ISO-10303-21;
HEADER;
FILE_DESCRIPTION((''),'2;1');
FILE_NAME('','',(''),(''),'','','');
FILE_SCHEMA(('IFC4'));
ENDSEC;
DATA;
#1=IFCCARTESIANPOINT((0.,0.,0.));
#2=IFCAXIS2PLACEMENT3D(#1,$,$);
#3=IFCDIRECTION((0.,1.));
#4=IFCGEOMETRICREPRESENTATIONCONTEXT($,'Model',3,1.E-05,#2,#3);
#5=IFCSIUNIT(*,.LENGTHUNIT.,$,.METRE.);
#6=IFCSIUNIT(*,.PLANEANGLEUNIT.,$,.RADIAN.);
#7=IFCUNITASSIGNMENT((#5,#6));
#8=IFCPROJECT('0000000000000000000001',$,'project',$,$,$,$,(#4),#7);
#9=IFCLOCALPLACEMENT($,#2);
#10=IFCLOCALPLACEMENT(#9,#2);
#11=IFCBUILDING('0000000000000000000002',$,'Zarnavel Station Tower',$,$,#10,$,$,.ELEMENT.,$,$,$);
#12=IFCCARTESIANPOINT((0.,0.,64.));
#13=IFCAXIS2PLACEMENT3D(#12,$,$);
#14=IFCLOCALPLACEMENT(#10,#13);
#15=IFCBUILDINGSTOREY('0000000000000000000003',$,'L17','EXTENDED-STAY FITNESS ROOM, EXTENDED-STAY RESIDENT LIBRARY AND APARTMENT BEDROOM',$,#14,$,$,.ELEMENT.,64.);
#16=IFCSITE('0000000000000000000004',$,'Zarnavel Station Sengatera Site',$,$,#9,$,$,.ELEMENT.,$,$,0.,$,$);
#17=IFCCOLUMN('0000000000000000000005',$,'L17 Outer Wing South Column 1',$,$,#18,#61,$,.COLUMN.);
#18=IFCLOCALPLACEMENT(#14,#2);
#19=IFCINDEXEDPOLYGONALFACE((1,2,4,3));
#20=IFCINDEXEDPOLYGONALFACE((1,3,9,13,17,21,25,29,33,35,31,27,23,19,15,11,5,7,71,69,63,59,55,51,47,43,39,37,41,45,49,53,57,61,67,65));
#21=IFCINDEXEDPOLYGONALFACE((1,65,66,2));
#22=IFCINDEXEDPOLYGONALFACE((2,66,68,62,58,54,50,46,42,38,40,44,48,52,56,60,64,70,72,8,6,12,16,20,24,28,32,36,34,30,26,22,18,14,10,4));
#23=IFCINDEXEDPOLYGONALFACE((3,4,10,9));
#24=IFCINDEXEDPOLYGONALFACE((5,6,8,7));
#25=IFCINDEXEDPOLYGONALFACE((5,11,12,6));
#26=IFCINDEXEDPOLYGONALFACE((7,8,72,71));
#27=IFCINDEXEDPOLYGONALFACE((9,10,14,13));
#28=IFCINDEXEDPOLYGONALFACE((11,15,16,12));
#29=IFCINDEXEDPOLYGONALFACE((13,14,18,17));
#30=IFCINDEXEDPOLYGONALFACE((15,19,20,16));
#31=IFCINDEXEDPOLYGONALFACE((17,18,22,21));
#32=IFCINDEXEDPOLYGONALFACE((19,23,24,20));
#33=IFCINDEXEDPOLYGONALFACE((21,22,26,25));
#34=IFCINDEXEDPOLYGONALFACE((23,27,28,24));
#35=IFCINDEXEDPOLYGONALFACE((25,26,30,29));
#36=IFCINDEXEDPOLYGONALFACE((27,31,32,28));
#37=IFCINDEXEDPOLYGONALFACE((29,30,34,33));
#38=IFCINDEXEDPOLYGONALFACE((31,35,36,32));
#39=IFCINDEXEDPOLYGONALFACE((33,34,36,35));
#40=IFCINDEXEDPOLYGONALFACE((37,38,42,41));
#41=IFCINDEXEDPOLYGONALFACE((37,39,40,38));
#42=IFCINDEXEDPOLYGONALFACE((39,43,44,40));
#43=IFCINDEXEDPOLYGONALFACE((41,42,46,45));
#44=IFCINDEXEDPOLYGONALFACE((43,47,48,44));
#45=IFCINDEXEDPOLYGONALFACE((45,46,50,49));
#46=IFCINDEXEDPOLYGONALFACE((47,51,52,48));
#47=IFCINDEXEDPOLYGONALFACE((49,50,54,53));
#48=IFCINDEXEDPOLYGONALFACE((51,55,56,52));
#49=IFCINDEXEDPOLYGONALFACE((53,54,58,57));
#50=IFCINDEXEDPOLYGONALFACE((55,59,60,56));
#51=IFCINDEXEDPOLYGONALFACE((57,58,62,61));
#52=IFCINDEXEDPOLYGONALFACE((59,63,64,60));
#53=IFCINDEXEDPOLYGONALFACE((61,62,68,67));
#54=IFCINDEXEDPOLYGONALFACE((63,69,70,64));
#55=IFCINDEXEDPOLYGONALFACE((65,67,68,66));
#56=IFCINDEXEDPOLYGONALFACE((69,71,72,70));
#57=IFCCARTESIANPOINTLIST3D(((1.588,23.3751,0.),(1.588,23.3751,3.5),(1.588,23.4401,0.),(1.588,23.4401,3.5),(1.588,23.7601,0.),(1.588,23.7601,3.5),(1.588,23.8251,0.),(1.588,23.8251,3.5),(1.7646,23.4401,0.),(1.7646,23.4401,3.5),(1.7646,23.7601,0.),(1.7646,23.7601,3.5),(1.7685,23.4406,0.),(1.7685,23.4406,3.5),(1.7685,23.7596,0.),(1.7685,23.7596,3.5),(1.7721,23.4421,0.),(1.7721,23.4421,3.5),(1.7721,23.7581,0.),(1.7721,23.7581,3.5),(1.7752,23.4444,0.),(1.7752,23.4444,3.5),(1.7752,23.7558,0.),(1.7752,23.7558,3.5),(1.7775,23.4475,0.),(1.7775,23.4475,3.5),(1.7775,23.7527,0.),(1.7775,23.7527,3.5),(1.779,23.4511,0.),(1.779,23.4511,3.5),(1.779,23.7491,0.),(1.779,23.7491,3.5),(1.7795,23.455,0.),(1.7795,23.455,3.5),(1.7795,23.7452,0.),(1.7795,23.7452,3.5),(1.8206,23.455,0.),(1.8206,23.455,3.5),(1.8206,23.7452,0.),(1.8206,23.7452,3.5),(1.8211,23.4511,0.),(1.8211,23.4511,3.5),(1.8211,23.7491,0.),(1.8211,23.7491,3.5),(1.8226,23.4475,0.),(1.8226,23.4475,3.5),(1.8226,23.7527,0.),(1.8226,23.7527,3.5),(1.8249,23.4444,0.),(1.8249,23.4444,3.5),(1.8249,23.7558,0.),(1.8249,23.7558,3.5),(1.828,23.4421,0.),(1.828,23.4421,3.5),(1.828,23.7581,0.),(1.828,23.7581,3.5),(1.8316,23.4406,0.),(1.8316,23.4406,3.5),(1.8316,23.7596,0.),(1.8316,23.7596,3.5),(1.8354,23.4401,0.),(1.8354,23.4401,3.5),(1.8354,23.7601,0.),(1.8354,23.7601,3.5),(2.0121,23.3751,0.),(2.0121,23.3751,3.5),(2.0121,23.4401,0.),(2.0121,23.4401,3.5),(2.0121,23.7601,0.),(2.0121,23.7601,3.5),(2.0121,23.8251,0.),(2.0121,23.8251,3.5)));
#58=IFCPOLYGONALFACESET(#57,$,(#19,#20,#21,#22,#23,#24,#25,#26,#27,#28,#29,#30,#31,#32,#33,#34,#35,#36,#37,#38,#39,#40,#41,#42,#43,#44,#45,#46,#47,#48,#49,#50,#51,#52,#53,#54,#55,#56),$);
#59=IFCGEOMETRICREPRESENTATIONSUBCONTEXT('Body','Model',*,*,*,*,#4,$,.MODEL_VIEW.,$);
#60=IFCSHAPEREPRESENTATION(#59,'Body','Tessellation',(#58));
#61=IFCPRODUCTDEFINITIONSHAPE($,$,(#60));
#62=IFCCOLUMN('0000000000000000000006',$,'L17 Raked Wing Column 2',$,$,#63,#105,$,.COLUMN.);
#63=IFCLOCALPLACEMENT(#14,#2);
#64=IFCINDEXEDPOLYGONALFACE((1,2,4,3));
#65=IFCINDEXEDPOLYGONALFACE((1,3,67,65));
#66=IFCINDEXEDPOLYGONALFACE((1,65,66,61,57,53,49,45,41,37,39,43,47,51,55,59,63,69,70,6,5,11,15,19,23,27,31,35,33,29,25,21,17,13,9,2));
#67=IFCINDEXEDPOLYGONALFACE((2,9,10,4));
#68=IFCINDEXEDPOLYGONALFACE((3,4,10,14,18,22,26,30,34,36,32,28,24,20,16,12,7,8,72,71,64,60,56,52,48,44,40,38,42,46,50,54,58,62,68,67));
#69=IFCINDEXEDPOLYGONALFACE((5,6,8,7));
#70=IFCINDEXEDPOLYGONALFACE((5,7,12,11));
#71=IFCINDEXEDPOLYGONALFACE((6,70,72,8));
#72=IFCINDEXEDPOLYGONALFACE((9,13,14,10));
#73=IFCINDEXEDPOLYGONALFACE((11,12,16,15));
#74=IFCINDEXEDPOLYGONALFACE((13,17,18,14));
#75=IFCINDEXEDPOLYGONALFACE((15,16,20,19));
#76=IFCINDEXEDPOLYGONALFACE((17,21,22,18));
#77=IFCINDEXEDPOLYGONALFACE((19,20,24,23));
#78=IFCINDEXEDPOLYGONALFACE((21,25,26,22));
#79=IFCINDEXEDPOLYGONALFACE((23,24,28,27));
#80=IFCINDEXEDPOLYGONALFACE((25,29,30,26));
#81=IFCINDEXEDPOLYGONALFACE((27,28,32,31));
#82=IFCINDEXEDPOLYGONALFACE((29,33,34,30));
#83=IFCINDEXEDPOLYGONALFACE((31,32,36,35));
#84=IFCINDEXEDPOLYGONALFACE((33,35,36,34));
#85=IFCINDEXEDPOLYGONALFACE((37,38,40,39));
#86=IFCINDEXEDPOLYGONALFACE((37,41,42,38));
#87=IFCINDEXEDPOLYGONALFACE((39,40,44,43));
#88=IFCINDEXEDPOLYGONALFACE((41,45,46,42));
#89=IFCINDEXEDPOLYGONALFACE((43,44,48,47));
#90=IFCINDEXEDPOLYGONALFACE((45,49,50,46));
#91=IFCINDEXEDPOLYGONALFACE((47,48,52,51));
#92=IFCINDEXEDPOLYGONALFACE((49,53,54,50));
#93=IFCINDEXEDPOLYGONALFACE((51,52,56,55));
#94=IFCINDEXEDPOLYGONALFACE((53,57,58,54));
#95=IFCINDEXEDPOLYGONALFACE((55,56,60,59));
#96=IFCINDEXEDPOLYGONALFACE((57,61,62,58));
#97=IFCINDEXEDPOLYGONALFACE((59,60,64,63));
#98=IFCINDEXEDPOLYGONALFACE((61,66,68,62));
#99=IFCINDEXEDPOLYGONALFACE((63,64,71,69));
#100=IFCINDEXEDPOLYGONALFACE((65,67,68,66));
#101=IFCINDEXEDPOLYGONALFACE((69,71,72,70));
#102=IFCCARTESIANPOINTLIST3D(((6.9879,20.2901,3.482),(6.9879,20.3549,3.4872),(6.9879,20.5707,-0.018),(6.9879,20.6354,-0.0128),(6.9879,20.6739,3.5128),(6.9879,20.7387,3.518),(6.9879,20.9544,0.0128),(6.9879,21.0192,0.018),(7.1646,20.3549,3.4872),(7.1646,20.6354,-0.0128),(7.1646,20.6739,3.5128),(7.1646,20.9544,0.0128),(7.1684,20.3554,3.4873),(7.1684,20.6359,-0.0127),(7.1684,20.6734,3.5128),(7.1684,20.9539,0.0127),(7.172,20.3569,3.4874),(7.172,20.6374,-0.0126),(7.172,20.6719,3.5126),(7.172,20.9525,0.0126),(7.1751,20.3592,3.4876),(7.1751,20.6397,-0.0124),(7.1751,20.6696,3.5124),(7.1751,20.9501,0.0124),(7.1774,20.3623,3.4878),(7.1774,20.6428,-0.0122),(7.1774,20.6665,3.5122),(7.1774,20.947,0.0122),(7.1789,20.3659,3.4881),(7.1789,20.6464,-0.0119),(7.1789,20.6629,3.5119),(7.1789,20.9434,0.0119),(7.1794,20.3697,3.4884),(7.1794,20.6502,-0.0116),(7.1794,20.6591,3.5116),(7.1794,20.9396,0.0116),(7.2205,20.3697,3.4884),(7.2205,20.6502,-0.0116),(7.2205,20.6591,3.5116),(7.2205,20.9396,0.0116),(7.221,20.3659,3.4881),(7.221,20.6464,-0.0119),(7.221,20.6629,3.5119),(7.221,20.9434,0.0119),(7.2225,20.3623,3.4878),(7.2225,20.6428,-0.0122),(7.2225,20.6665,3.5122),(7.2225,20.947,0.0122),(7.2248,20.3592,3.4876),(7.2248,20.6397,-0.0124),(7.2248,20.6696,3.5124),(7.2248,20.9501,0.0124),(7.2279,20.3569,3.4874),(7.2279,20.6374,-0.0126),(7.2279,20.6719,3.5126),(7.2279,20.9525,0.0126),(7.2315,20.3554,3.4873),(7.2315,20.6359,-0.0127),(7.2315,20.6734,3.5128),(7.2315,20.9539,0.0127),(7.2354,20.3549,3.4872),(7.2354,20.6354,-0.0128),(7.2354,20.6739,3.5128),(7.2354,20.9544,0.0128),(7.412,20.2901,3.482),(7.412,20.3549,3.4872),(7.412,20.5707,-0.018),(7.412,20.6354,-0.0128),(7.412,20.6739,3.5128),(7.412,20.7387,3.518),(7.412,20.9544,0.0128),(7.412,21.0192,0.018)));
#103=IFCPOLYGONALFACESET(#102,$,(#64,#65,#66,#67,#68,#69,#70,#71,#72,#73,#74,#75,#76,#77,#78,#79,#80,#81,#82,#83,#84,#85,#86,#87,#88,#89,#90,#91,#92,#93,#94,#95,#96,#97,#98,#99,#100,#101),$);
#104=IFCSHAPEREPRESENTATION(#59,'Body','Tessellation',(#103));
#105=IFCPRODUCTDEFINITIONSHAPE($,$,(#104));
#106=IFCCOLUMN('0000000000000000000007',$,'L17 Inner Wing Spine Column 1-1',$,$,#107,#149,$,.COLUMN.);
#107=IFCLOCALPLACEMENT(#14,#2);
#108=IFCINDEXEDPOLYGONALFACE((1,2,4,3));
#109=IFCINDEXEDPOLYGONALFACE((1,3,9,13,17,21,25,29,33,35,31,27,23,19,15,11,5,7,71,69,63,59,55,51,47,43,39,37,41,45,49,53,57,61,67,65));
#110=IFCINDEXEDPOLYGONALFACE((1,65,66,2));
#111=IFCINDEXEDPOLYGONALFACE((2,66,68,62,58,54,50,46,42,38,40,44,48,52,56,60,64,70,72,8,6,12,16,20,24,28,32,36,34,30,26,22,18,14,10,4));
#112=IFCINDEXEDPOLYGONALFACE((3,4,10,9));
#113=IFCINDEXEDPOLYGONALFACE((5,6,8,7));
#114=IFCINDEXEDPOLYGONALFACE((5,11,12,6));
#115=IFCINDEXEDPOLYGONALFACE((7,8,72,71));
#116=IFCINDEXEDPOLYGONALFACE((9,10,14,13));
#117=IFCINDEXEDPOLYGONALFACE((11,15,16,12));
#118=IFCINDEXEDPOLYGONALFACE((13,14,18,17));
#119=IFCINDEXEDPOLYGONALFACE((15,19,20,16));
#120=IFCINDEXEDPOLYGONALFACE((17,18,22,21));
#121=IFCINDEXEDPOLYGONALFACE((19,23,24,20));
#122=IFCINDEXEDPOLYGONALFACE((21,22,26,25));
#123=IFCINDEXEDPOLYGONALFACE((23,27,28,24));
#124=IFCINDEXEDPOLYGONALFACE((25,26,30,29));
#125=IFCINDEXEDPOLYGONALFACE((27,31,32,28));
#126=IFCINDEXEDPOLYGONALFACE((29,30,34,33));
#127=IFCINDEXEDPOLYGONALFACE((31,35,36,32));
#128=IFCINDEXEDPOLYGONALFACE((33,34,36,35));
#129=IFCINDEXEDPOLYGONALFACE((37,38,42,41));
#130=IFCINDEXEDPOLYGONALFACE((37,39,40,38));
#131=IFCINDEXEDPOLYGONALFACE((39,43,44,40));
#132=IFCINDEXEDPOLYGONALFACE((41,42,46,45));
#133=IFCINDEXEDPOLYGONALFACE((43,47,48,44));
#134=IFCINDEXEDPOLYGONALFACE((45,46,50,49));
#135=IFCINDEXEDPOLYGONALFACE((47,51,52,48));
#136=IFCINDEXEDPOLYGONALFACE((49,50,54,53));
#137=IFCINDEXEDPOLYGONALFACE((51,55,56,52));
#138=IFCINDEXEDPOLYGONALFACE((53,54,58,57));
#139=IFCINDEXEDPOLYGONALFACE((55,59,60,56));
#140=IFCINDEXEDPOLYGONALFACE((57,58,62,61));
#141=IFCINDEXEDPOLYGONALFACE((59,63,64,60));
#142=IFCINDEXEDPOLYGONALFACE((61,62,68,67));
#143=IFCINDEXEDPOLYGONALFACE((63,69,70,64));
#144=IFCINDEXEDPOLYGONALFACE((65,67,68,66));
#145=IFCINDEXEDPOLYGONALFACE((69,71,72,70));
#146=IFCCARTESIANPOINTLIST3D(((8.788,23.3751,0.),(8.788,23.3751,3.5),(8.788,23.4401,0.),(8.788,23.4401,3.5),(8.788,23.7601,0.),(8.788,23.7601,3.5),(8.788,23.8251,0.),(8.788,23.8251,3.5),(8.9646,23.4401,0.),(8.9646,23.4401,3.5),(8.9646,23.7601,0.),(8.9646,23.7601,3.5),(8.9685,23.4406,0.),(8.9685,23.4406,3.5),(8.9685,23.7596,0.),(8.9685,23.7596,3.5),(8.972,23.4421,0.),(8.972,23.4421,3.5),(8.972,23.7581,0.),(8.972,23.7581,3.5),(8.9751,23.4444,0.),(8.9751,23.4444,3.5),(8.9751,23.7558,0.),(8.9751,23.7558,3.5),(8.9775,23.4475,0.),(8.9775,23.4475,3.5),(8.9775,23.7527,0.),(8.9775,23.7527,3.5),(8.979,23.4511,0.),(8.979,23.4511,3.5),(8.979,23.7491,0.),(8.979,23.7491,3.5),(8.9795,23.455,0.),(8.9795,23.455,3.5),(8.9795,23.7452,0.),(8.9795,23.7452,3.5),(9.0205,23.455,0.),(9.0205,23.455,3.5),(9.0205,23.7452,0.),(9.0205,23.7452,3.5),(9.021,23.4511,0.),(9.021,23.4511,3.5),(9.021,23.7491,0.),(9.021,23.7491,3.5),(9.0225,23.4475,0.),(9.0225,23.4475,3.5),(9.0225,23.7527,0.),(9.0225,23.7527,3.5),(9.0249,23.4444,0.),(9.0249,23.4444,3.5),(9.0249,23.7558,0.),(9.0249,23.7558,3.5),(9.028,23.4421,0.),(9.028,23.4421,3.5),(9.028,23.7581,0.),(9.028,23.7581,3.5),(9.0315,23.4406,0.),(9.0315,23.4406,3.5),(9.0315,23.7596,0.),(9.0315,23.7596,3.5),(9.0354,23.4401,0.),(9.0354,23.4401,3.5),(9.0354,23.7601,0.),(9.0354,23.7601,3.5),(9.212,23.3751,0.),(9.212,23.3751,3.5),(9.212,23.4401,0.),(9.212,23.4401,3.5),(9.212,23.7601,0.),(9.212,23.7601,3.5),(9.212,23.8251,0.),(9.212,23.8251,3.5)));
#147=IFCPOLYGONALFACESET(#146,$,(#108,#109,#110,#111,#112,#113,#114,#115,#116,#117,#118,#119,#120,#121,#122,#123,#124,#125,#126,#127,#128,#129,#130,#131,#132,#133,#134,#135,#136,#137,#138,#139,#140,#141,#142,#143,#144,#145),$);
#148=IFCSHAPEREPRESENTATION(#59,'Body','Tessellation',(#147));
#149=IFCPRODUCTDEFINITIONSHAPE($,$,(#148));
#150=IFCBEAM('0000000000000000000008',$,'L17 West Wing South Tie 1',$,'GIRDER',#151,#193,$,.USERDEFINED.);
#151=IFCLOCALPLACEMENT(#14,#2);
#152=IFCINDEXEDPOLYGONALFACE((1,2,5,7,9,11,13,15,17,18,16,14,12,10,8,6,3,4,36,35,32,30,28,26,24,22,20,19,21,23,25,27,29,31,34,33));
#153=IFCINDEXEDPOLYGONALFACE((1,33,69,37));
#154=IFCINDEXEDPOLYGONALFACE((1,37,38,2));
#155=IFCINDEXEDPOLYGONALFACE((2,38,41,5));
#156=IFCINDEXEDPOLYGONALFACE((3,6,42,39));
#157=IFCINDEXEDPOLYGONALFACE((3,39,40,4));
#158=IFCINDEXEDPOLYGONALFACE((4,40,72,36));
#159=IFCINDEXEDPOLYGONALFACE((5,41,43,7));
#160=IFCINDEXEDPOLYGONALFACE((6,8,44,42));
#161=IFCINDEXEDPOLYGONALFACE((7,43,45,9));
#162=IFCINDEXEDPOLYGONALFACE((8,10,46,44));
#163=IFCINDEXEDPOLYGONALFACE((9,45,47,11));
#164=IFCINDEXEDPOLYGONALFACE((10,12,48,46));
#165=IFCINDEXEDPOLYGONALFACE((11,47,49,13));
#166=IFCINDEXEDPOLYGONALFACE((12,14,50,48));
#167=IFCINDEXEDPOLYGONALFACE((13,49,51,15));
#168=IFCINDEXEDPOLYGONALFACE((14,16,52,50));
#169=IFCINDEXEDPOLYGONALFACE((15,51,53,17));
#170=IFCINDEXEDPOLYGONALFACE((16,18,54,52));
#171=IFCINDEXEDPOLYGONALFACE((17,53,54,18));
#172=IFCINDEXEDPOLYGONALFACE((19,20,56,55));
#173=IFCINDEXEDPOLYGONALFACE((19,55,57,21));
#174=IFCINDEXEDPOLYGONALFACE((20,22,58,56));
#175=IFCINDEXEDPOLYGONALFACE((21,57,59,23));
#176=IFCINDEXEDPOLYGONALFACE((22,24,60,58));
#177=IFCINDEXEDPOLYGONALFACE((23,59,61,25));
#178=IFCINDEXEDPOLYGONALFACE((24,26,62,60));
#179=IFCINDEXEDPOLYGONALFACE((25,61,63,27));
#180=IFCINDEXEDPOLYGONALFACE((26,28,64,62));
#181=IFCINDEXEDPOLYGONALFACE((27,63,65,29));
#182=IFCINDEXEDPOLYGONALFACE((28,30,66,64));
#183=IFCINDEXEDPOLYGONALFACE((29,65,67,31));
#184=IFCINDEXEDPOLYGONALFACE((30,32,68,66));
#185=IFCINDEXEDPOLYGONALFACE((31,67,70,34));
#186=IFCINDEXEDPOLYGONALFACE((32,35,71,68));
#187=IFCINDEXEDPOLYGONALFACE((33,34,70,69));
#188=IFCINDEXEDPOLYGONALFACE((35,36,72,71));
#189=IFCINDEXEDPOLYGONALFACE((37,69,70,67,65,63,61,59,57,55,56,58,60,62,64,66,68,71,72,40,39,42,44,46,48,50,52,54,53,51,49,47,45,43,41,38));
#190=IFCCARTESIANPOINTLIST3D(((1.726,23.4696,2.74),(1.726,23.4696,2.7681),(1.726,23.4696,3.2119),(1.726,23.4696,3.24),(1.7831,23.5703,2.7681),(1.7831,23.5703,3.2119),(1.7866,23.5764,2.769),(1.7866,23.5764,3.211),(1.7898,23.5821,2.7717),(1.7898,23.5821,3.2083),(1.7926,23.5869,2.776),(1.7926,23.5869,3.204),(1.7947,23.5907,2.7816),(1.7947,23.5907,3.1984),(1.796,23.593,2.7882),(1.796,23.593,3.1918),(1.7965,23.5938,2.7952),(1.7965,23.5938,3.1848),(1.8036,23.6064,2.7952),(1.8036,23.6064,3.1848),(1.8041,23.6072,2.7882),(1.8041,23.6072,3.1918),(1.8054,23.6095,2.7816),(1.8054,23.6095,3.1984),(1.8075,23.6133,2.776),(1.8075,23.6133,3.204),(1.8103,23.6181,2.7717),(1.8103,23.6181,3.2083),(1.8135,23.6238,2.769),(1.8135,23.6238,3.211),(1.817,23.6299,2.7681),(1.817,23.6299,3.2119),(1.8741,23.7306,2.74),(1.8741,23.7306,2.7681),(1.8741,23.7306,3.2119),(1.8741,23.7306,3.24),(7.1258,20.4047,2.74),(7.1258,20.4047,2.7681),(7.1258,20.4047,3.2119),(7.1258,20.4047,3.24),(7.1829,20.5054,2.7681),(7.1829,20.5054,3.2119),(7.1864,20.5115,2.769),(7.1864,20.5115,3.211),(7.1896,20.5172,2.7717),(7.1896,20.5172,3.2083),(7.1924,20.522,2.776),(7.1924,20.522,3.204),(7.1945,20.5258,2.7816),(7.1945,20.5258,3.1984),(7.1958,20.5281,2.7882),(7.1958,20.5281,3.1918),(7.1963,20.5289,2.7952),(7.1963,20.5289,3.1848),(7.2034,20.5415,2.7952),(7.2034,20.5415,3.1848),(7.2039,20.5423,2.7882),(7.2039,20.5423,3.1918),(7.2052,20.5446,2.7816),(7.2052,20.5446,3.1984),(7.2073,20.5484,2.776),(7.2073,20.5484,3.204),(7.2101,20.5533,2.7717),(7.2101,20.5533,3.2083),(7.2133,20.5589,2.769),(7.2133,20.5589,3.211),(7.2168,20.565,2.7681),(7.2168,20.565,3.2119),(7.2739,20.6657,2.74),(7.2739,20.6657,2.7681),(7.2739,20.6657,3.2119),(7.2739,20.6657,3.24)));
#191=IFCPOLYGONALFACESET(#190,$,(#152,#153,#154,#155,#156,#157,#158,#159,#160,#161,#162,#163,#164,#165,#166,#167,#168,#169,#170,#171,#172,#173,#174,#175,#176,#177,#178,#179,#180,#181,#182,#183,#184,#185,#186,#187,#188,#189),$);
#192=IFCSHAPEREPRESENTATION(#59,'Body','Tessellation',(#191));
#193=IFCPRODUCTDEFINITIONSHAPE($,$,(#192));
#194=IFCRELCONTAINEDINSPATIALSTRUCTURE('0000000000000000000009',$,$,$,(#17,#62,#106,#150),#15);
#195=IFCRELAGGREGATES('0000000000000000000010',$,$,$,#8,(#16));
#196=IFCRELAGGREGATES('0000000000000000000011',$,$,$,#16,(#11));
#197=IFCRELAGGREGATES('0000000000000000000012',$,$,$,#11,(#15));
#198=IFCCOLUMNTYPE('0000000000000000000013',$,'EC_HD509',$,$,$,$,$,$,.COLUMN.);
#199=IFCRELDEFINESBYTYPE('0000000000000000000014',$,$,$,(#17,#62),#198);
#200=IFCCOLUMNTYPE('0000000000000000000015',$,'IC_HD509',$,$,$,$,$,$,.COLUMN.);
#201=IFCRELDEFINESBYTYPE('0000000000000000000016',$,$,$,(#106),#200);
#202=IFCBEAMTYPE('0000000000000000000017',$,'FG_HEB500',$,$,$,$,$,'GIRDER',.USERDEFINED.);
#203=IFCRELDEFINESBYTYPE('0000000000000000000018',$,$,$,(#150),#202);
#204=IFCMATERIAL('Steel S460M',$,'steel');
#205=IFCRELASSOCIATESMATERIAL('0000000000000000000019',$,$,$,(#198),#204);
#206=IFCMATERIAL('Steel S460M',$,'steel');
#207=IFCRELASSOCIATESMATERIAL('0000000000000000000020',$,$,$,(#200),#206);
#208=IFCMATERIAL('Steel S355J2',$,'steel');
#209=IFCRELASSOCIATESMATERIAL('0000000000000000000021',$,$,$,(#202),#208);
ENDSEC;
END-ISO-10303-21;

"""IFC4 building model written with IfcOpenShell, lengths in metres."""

from ifc_helpers import new_model, si_unit, direction, frame, origin, origin_2d, place, context, subcontext, project, spatial, i_section, extrude, material, material_profile, profile_set, type_object, element, save


model = new_model("IFC4")

# Units and contexts
model_context = context("Model", 3, precision=1e-05, world=origin(), true_north=direction((0.0, 1.0)))
body_context = subcontext(model_context, "Body", "Model", "MODEL_VIEW")
ifc_project = project(units=[si_unit("LENGTHUNIT", "METRE"), si_unit("PLANEANGLEUNIT", "RADIAN")], contexts=[model_context])

# Site, building, storey
site_placement = place(None, origin())
site = spatial("IfcSite", under=ifc_project, at=site_placement, Name="Zarnavel Station Sengatera Site", CompositionType="ELEMENT", RefElevation=0.0)
building_placement = place(site_placement, origin())
building = spatial("IfcBuilding", under=site, at=building_placement, Name="Zarnavel Station Tower", CompositionType="ELEMENT")
storey_placement = place(building_placement, frame((0.0, 0.0, 64.0)))
storey = spatial("IfcBuildingStorey", under=building, at=storey_placement, Name="L17", Description="EXTENDED-STAY FITNESS ROOM, EXTENDED-STAY RESIDENT LIBRARY AND APARTMENT BEDROOM", CompositionType="ELEMENT", Elevation=64.0)

# Columns
ifc_material_1 = material(Name="Steel S460M", Category="steel")
ifc_material_profile_1 = material_profile(ifc_material_1, i_section(OverallWidth=0.4241, OverallDepth=0.45, WebThickness=0.041, FlangeThickness=0.0649, FilletRadius=0.0149, at=origin_2d()), Name="HD400x509")
ifc_profile_set_1 = profile_set([ifc_material_profile_1], Name="Steel S460M")
column_type_1 = type_object("IfcColumnType", Name="EC_HD509", PredefinedType="COLUMN", material=ifc_profile_set_1)
column_1_placement = place(storey_placement, frame((1.8, 23.6001, 0.0), z_axis=(0.0, 0.0, 1.0), x_axis=(1.0, 0.0, 0.0)))
element("IfcColumn", 1, at=column_1_placement, inside=storey, type_object=column_type_1, Name="L17 Outer Wing South Column 1", PredefinedType="COLUMN", context=body_context, shape_type="SweptSolid", body=[
    extrude(i_section(OverallWidth=0.4241, OverallDepth=0.45, WebThickness=0.041, FlangeThickness=0.0649, FilletRadius=0.0149, at=origin_2d()), origin(), (0.0, 0.0, 1.0), 3.5),
])
column_2_placement = place(storey_placement, frame((7.2, 20.7949, 0.0), z_axis=(0.0, -0.079892, 0.996804), x_axis=(1.0, 0.0, 0.0)))
element("IfcColumn", 2, at=column_2_placement, inside=storey, type_object=column_type_1, Name="L17 Raked Wing Column 2", PredefinedType="COLUMN", context=body_context, shape_type="SweptSolid", body=[
    extrude(i_section(OverallWidth=0.4241, OverallDepth=0.45, WebThickness=0.041, FlangeThickness=0.0649, FilletRadius=0.0149, at=origin_2d()), origin(), (0.0, 0.0, 1.0), 3.5112),
])
ifc_material_2 = material(Name="Steel S460M", Category="steel")
ifc_material_profile_2 = material_profile(ifc_material_2, i_section(OverallWidth=0.4241, OverallDepth=0.45, WebThickness=0.041, FlangeThickness=0.0649, FilletRadius=0.0149, at=origin_2d()), Name="HD400x509")
ifc_profile_set_2 = profile_set([ifc_material_profile_2], Name="Steel S460M")
column_type_2 = type_object("IfcColumnType", Name="IC_HD509", PredefinedType="COLUMN", material=ifc_profile_set_2)
column_3_placement = place(storey_placement, frame((9.0, 23.6001, 0.0), z_axis=(0.0, 0.0, 1.0), x_axis=(1.0, 0.0, 0.0)))
element("IfcColumn", 3, at=column_3_placement, inside=storey, type_object=column_type_2, Name="L17 Inner Wing Spine Column 1-1", PredefinedType="COLUMN", context=body_context, shape_type="SweptSolid", body=[
    extrude(i_section(OverallWidth=0.4241, OverallDepth=0.45, WebThickness=0.041, FlangeThickness=0.0649, FilletRadius=0.0149, at=origin_2d()), origin(), (0.0, 0.0, 1.0), 3.5),
])

# Beam
ifc_material_3 = material(Name="Steel S355J2", Category="steel")
ifc_material_profile_3 = material_profile(ifc_material_3, i_section(OverallWidth=0.3, OverallDepth=0.5, WebThickness=0.0144, FlangeThickness=0.0281, FilletRadius=0.0271, at=origin_2d()), Name="HEB500")
ifc_profile_set_3 = profile_set([ifc_material_profile_3], Name="Steel S355J2")
beam_type_1 = type_object("IfcBeamType", Name="FG_HEB500", ElementType="GIRDER", PredefinedType="USERDEFINED", material=ifc_profile_set_3)
beam_1_placement = place(storey_placement, frame((1.8, 23.6001, 2.99), z_axis=(0.869677, -0.493622, 0.0), x_axis=(0.493622, 0.869677, 0.0)))
element("IfcBeam", 4, at=beam_1_placement, inside=storey, type_object=beam_type_1, Name="L17 West Wing South Tie 1", ObjectType="GIRDER", PredefinedType="USERDEFINED", context=body_context, shape_type="SweptSolid", body=[
    extrude(i_section(OverallWidth=0.3, OverallDepth=0.5, WebThickness=0.0144, FlangeThickness=0.0281, FilletRadius=0.0271, at=origin_2d()), origin(), (0.0, 0.0, 1.0), 6.209),
])

save(model, "model.ifc")
